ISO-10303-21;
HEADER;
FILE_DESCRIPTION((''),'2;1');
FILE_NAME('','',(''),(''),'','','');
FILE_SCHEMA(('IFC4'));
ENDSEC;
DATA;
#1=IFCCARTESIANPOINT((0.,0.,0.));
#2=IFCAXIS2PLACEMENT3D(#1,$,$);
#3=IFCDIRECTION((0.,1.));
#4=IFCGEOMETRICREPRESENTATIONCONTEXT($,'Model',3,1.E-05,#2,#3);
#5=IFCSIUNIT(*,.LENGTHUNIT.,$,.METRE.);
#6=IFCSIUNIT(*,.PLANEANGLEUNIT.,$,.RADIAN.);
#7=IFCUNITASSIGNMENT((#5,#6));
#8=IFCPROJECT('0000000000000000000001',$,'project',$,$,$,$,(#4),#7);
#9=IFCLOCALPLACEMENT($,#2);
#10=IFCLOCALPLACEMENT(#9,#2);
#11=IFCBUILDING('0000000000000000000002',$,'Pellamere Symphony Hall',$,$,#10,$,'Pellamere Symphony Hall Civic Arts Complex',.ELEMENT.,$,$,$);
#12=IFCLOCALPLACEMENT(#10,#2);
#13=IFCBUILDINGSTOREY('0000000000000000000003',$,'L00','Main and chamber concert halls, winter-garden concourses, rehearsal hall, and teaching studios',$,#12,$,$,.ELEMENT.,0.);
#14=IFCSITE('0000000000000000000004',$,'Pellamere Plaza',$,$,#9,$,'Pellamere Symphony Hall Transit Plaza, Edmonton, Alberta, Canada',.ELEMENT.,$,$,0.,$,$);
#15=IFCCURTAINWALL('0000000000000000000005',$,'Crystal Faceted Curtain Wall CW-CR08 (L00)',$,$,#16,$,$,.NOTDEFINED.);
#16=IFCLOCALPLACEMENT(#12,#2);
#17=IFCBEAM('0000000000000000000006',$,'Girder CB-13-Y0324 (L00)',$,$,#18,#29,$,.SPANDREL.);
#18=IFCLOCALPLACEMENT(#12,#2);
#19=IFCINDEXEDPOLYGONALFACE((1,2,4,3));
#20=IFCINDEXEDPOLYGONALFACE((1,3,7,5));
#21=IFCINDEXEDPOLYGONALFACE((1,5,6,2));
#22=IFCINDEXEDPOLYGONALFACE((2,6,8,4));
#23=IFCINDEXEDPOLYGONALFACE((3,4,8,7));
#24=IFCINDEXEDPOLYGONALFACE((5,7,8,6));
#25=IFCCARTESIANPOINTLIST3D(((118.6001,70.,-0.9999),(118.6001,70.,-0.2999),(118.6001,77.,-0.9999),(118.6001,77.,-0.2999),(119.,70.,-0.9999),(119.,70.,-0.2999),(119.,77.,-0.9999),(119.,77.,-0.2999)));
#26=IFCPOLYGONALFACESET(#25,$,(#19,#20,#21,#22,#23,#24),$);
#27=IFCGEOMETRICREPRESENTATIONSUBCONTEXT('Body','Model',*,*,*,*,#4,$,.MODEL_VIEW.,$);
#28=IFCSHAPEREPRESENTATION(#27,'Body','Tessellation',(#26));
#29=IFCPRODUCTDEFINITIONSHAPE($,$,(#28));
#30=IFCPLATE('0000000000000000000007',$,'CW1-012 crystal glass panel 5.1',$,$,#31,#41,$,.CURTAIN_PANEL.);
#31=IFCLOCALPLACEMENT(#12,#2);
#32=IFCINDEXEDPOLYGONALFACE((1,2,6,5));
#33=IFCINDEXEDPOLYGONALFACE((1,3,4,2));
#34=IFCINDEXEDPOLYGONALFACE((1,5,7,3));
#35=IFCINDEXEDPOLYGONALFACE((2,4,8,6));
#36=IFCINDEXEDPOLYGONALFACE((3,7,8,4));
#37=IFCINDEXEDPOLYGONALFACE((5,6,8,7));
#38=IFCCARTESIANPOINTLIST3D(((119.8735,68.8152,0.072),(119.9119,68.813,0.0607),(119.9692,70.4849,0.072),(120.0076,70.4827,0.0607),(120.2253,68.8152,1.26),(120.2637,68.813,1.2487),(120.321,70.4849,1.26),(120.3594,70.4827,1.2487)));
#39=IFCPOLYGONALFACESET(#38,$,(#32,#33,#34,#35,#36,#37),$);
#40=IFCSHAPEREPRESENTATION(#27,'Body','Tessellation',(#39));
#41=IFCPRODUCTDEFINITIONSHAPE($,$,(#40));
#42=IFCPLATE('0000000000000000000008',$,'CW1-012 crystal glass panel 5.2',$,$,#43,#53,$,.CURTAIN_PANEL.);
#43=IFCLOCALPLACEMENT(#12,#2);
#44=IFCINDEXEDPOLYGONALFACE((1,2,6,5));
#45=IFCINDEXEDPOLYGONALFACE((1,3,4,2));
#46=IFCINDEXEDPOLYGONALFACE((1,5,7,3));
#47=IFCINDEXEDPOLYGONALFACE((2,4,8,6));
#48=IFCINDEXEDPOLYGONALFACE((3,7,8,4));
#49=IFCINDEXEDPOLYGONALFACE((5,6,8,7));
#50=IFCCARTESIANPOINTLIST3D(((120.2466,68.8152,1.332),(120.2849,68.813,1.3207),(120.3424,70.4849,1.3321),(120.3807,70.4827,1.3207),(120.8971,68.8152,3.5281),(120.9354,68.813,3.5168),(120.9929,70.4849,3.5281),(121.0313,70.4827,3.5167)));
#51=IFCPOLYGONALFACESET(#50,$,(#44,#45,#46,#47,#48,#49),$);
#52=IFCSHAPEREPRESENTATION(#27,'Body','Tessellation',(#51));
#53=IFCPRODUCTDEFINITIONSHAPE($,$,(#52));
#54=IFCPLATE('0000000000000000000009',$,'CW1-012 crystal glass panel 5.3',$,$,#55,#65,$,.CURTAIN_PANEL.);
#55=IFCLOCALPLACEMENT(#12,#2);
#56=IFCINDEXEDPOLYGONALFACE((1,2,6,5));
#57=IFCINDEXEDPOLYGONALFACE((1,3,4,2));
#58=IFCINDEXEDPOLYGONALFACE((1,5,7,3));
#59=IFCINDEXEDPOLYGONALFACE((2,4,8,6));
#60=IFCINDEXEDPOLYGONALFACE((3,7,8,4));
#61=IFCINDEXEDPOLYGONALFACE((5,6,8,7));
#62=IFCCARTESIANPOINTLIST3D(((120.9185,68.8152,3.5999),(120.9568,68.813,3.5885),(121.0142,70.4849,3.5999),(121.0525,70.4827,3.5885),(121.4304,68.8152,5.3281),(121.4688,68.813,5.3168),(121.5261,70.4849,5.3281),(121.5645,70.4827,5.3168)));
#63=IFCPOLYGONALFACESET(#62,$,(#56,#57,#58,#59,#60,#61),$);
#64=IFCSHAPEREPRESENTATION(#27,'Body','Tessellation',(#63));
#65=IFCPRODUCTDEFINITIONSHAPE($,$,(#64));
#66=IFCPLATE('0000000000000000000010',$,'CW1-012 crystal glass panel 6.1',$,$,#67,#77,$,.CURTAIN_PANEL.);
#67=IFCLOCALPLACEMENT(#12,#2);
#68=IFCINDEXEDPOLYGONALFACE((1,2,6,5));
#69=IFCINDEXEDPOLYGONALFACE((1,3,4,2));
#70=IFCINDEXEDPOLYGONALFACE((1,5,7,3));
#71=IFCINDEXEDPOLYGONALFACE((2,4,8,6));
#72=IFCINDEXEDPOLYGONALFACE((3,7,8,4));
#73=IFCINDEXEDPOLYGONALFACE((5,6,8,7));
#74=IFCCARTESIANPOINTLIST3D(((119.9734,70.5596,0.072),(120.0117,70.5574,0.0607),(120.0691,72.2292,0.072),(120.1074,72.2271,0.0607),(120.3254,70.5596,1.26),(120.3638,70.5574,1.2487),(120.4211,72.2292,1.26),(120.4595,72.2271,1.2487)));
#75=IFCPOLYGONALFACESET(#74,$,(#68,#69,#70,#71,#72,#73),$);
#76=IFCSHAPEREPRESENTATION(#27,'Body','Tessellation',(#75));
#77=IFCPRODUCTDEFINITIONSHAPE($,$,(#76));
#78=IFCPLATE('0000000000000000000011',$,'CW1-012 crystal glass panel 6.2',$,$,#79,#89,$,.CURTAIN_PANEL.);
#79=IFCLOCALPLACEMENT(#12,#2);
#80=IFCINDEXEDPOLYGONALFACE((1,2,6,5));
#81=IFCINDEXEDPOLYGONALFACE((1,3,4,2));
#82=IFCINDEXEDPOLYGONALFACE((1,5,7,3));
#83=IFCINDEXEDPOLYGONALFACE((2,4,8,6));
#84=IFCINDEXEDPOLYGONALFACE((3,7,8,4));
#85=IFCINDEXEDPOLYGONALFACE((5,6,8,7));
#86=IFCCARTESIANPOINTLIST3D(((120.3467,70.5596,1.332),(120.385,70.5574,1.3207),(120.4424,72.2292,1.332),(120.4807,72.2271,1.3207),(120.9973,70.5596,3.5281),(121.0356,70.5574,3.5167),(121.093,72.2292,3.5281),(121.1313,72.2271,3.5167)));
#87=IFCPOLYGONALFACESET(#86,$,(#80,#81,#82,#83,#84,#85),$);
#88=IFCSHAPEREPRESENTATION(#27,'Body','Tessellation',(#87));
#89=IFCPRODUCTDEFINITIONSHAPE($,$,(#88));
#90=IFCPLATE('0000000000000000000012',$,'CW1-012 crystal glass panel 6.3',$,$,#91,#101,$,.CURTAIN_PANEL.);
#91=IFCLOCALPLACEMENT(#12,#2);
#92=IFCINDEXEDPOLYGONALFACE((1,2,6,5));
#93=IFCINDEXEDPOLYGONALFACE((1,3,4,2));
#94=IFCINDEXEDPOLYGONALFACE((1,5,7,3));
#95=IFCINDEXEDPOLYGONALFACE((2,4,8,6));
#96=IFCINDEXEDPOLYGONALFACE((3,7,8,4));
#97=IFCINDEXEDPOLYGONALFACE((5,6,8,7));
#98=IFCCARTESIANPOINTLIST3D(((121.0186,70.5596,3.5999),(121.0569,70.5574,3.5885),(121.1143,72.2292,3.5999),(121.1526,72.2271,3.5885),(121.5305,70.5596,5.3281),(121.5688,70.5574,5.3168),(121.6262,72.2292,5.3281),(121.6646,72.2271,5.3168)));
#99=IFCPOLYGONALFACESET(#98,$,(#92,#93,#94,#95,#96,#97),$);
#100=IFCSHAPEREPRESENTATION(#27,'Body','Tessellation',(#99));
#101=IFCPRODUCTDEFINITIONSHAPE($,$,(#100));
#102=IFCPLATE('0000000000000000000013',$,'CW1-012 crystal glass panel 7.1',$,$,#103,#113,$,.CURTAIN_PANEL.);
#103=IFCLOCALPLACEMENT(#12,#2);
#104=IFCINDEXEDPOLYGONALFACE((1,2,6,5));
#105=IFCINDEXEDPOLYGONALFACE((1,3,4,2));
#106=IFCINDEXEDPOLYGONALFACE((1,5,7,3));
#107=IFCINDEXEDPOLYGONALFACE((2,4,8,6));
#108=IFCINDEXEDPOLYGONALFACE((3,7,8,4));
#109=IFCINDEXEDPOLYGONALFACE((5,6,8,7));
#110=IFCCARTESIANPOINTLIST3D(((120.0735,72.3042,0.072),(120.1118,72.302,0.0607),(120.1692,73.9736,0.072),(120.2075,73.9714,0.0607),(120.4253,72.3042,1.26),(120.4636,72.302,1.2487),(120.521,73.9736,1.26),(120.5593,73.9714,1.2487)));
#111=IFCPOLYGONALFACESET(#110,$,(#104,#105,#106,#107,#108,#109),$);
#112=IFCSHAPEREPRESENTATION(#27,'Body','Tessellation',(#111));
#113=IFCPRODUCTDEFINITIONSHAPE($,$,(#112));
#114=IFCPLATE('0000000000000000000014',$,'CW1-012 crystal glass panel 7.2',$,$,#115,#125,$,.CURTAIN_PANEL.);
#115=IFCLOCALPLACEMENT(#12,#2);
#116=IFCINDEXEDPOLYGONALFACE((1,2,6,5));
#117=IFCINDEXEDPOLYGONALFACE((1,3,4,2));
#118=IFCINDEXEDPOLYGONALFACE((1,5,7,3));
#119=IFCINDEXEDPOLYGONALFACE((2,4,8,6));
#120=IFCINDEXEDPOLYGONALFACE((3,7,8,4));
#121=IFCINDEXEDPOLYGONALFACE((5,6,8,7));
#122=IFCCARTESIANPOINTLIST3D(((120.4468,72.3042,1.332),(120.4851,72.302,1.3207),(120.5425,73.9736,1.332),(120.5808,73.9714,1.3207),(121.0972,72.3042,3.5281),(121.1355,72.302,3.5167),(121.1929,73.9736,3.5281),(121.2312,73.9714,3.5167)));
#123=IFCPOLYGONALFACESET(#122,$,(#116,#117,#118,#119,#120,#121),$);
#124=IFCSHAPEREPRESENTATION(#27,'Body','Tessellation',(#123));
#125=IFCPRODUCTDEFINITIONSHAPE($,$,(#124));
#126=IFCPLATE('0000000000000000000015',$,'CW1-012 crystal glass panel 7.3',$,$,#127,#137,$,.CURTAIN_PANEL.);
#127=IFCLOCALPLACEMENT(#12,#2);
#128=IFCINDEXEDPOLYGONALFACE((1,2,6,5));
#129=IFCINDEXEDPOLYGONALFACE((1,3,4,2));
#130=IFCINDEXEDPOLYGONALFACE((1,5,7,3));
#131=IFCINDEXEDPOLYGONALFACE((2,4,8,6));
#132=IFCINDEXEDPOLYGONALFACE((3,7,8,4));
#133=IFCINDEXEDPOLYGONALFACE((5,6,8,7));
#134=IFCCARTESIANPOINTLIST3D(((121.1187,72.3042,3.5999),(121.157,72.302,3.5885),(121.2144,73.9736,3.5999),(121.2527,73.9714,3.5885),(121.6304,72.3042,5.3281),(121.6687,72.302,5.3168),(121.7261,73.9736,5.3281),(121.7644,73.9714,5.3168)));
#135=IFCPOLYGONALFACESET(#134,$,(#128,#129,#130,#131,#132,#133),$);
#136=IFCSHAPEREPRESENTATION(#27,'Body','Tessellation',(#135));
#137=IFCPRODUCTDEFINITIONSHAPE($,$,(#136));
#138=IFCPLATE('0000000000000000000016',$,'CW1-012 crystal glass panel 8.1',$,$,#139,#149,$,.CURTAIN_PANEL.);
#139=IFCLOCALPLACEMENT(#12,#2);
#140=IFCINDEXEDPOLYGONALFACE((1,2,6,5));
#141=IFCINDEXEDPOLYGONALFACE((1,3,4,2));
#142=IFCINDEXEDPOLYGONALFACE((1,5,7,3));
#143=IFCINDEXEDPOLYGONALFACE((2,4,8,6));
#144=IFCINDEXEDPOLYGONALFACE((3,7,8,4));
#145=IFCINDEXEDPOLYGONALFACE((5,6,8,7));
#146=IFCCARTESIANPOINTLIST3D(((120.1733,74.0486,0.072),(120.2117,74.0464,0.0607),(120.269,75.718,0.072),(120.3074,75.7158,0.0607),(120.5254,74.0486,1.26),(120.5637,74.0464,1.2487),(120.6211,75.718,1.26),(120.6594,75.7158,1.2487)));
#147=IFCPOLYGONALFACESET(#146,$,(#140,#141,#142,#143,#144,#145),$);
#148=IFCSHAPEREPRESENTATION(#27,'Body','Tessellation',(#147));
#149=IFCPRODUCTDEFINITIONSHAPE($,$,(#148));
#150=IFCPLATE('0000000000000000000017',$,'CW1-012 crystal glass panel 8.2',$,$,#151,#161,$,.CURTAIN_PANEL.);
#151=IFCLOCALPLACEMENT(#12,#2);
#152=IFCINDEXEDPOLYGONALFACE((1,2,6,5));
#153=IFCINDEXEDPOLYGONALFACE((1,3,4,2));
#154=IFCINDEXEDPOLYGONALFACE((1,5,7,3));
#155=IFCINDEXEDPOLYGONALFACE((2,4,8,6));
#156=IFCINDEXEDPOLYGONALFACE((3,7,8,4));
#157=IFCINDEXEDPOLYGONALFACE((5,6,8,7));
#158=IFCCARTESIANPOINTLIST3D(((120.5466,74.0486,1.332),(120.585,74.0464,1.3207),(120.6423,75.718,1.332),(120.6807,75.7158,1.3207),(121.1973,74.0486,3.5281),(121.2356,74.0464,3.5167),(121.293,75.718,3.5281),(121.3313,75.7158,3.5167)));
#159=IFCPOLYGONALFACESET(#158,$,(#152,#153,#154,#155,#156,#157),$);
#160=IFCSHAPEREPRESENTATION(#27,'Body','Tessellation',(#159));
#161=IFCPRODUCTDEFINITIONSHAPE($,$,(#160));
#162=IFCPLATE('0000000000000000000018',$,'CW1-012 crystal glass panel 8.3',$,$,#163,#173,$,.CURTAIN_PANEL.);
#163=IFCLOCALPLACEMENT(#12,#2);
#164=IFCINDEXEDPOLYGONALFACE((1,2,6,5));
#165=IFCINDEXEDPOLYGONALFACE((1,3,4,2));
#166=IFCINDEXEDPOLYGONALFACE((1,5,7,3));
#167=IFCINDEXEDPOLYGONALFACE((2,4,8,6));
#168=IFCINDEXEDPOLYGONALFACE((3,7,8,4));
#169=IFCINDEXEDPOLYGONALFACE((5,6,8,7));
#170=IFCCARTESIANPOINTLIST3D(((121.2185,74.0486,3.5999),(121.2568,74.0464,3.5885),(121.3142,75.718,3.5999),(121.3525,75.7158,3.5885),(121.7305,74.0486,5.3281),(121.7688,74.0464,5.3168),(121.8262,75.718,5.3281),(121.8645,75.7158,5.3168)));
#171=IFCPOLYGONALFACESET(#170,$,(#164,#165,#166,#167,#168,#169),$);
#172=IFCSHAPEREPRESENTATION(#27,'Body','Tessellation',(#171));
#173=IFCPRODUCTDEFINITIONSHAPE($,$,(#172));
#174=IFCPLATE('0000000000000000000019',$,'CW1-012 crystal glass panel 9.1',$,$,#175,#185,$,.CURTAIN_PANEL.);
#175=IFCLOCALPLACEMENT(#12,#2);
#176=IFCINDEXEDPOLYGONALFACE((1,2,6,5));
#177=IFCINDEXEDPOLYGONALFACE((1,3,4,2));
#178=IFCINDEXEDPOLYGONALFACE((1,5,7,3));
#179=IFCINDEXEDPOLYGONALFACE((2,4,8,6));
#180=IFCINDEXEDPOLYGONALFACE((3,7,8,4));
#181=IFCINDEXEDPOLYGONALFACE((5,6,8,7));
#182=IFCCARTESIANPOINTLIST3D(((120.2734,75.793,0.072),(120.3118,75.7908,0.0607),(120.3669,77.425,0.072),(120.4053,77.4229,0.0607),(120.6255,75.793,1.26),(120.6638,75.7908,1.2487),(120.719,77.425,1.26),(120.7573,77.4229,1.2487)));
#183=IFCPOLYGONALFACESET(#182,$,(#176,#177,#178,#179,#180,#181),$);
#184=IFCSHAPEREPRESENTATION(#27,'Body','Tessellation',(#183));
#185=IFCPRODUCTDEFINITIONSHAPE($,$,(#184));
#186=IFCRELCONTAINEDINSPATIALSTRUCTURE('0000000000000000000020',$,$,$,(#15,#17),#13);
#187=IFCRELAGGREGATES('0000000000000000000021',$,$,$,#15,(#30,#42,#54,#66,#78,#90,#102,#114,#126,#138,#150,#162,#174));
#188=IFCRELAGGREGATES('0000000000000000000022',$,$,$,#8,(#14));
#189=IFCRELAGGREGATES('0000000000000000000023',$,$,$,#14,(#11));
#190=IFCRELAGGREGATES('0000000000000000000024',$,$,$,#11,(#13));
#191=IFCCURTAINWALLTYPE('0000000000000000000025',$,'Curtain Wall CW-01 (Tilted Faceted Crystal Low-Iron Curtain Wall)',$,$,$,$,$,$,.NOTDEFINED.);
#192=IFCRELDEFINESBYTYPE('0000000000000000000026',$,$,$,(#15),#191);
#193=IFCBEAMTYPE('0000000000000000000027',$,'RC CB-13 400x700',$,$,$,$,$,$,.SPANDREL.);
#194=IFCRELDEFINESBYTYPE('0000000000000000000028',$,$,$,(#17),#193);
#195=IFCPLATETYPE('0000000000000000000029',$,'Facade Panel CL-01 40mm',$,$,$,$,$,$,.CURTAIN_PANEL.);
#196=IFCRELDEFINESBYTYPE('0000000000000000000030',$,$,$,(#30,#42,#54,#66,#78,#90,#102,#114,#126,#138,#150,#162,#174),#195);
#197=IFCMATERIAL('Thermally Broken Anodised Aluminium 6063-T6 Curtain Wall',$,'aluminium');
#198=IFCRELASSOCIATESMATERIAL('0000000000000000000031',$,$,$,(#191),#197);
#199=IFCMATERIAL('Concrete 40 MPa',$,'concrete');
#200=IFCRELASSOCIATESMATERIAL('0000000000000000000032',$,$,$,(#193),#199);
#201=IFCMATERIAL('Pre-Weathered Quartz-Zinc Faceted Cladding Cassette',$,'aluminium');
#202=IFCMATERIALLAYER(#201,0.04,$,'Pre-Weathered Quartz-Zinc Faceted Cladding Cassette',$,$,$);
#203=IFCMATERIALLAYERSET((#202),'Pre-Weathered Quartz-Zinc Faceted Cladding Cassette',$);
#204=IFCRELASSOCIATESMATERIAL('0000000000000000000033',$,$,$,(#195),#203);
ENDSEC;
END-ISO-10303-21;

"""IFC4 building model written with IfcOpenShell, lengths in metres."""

from ifc_helpers import new_model, si_unit, direction, frame, origin, origin_2d, place, context, subcontext, project, spatial, polyline, rectangle, outline, extrude, material, layer, layer_set, material_profile, profile_set, type_object, element, aggregate, save


model = new_model("IFC4")

# Units and contexts
model_context = context("Model", 3, precision=1e-05, world=origin(), true_north=direction((0.0, 1.0)))
body_context = subcontext(model_context, "Body", "Model", "MODEL_VIEW")
ifc_project = project(units=[si_unit("LENGTHUNIT", "METRE"), si_unit("PLANEANGLEUNIT", "RADIAN")], contexts=[model_context])

# Site, building, storey
site_placement = place(None, origin())
site = spatial("IfcSite", under=ifc_project, at=site_placement, Name="Pellamere Plaza", LongName="Pellamere Symphony Hall Transit Plaza, Edmonton, Alberta, Canada", CompositionType="ELEMENT", RefElevation=0.0)
building_placement = place(site_placement, origin())
building = spatial("IfcBuilding", under=site, at=building_placement, Name="Pellamere Symphony Hall", LongName="Pellamere Symphony Hall Civic Arts Complex", CompositionType="ELEMENT")
storey_placement = place(building_placement, origin())
storey = spatial("IfcBuildingStorey", under=building, at=storey_placement, Name="L00", Description="Main and chamber concert halls, winter-garden concourses, rehearsal hall, and teaching studios", CompositionType="ELEMENT", Elevation=0.0)

# Shared definitions
ifc_material_1 = material(Name="Concrete 40 MPa", Category="concrete")

# Curtain wall
ifc_material_2 = material(Name="Thermally Broken Anodised Aluminium 6063-T6 Curtain Wall", Category="aluminium")
curtain_wall_type = type_object("IfcCurtainWallType", Name="Curtain Wall CW-01 (Tilted Faceted Crystal Low-Iron Curtain Wall)", PredefinedType="NOTDEFINED", material=ifc_material_2)
curtain_wall_placement = place(storey_placement, origin())
curtain_wall = element("IfcCurtainWall", 1, at=curtain_wall_placement, inside=storey, type_object=curtain_wall_type, Name="Crystal Faceted Curtain Wall CW-CR08 (L00)", PredefinedType="NOTDEFINED")

# Beam
ifc_material_profile_1 = material_profile(ifc_material_1, rectangle(XDim=0.3999, YDim=0.7, at=origin_2d()), Name="RC 400x700")
ifc_profile_set_1 = profile_set([ifc_material_profile_1], Name="Concrete 40 MPa")
beam_type = type_object("IfcBeamType", Name="RC CB-13 400x700", PredefinedType="SPANDREL", material=ifc_profile_set_1)
beam_placement = place(storey_placement, frame((118.8, 70.0, -0.6499), z_axis=(0.0, 1.0, 0.0), x_axis=(-1.0, 0.0, 0.0)))
element("IfcBeam", 2, at=beam_placement, inside=storey, type_object=beam_type, Name="Girder CB-13-Y0324 (L00)", PredefinedType="SPANDREL", context=body_context, shape_type="SweptSolid", body=[
    extrude(rectangle(XDim=0.3999, YDim=0.7, at=origin_2d()), origin(), (0.0, 0.0, 1.0), 7.0),
])

# Plates
ifc_material_3 = material(Name="Pre-Weathered Quartz-Zinc Faceted Cladding Cassette", Category="aluminium")
ifc_layer = layer(ifc_material_3, 0.04, Name="Pre-Weathered Quartz-Zinc Faceted Cladding Cassette")
ifc_layer_set = layer_set([ifc_layer], Name="Pre-Weathered Quartz-Zinc Faceted Cladding Cassette")
plate_type = type_object("IfcPlateType", Name="Facade Panel CL-01 40mm", PredefinedType="CURTAIN_PANEL", material=ifc_layer_set)
plate_1_placement = place(storey_placement, frame((119.8735, 68.8152, 0.072), z_axis=(-0.957395, 0.054876, 0.28352), x_axis=(0.057224, 0.998361, 0.0)))
plate_1 = element("IfcPlate", 3, at=plate_1_placement, type_object=plate_type, Name="CW1-012 crystal glass panel 5.1", PredefinedType="CURTAIN_PANEL", context=body_context, shape_type="SweptSolid", body=[
    extrude(outline(polyline([(0.0, 0.0), (1.6724, 0.0), (1.6926, -1.2388), (0.0201, -1.2388), (0.0, 0.0)])), origin(), (0.0, 0.0, -1.0), 0.04),
])
plate_2_placement = place(storey_placement, frame((120.2466, 68.8152, 1.332), z_axis=(-0.95737, 0.054945, 0.283592), x_axis=(0.057303, 0.998357, 0.00002)))
plate_2 = element("IfcPlate", 4, at=plate_2_placement, type_object=plate_type, Name="CW1-012 crystal glass panel 5.2", PredefinedType="CURTAIN_PANEL", context=body_context, shape_type="SweptSolid", body=[
    extrude(outline(polyline([(0.0, 0.0), (1.6724, 0.0), (1.7097, -2.29), (0.0373, -2.2901), (0.0, 0.0)])), origin(), (0.0, 0.0, -1.0), 0.04),
])
plate_3_placement = place(storey_placement, frame((120.9185, 68.8152, 3.5999), z_axis=(-0.957371, 0.054875, 0.2836), x_axis=(0.057224, 0.998361, 0.0)))
plate_3 = element("IfcPlate", 5, at=plate_3_placement, type_object=plate_type, Name="CW1-012 crystal glass panel 5.3", PredefinedType="CURTAIN_PANEL", context=body_context, shape_type="SweptSolid", body=[
    extrude(outline(polyline([(0.0, 0.0), (1.6724, 0.0), (1.7017, -1.8023), (0.0293, -1.8023), (0.0, 0.0)])), origin(), (0.0, 0.0, -1.0), 0.04),
])
plate_4_placement = place(storey_placement, frame((119.9734, 70.5596, 0.072), z_axis=(-0.957342, 0.054873, 0.2837), x_axis=(0.057224, 0.998361, 0.0)))
plate_4 = element("IfcPlate", 6, at=plate_4_placement, type_object=plate_type, Name="CW1-012 crystal glass panel 6.1", PredefinedType="CURTAIN_PANEL", context=body_context, shape_type="SweptSolid", body=[
    extrude(outline(polyline([(0.0, 0.0), (1.6724, 0.0), (1.6926, -1.2389), (0.0201, -1.2389), (0.0, 0.0)])), origin(), (0.0, 0.0, -1.0), 0.04),
])
plate_5_placement = place(storey_placement, frame((120.3467, 70.5596, 1.332), z_axis=(-0.957359, 0.054874, 0.283642), x_axis=(0.057224, 0.998361, 0.0)))
plate_5 = element("IfcPlate", 7, at=plate_5_placement, type_object=plate_type, Name="CW1-012 crystal glass panel 6.2", PredefinedType="CURTAIN_PANEL", context=body_context, shape_type="SweptSolid", body=[
    extrude(outline(polyline([(0.0, 0.0), (1.6724, 0.0), (1.7097, -2.2901), (0.0372, -2.2901), (0.0, 0.0)])), origin(), (0.0, 0.0, -1.0), 0.04),
])
plate_6_placement = place(storey_placement, frame((121.0186, 70.5596, 3.5999), z_axis=(-0.957371, 0.054875, 0.2836), x_axis=(0.057224, 0.998361, 0.0)))
plate_6 = element("IfcPlate", 8, at=plate_6_placement, type_object=plate_type, Name="CW1-012 crystal glass panel 6.3", PredefinedType="CURTAIN_PANEL", context=body_context, shape_type="SweptSolid", body=[
    extrude(outline(polyline([(0.0, 0.0), (1.6724, 0.0), (1.7017, -1.8023), (0.0293, -1.8023), (0.0, 0.0)])), origin(), (0.0, 0.0, -1.0), 0.04),
])
plate_7_placement = place(storey_placement, frame((120.0735, 72.3042, 0.072), z_axis=(-0.957395, 0.054884, 0.283519), x_axis=(0.057233, 0.998361, 0.0)))
plate_7 = element("IfcPlate", 9, at=plate_7_placement, type_object=plate_type, Name="CW1-012 crystal glass panel 7.1", PredefinedType="CURTAIN_PANEL", context=body_context, shape_type="SweptSolid", body=[
    extrude(outline(polyline([(0.0, 0.0), (1.6722, 0.0), (1.6923, -1.2388), (0.0201, -1.2388), (0.0, 0.0)])), origin(), (0.0, 0.0, -1.0), 0.04),
])
plate_8_placement = place(storey_placement, frame((120.4468, 72.3042, 1.332), z_axis=(-0.957387, 0.054884, 0.283544), x_axis=(0.057233, 0.998361, 0.0)))
plate_8 = element("IfcPlate", 10, at=plate_8_placement, type_object=plate_type, Name="CW1-012 crystal glass panel 7.2", PredefinedType="CURTAIN_PANEL", context=body_context, shape_type="SweptSolid", body=[
    extrude(outline(polyline([(0.0, 0.0), (1.6722, 0.0), (1.7094, -2.29), (0.0372, -2.29), (0.0, 0.0)])), origin(), (0.0, 0.0, -1.0), 0.04),
])
plate_9_placement = place(storey_placement, frame((121.1187, 72.3042, 3.5999), z_axis=(-0.957407, 0.054885, 0.283476), x_axis=(0.057233, 0.998361, 0.0)))
plate_9 = element("IfcPlate", 11, at=plate_9_placement, type_object=plate_type, Name="CW1-012 crystal glass panel 7.3", PredefinedType="CURTAIN_PANEL", context=body_context, shape_type="SweptSolid", body=[
    extrude(outline(polyline([(0.0, 0.0), (1.6722, 0.0), (1.7015, -1.8022), (0.0293, -1.8022), (0.0, 0.0)])), origin(), (0.0, 0.0, -1.0), 0.04),
])
plate_10_placement = place(storey_placement, frame((120.1733, 74.0486, 0.072), z_axis=(-0.957341, 0.054881, 0.2837), x_axis=(0.057233, 0.998361, 0.0)))
plate_10 = element("IfcPlate", 12, at=plate_10_placement, type_object=plate_type, Name="CW1-012 crystal glass panel 8.1", PredefinedType="CURTAIN_PANEL", context=body_context, shape_type="SweptSolid", body=[
    extrude(outline(polyline([(0.0, 0.0), (1.6722, 0.0), (1.6923, -1.2389), (0.0201, -1.2389), (0.0, 0.0)])), origin(), (0.0, 0.0, -1.0), 0.04),
])
plate_11_placement = place(storey_placement, frame((120.5466, 74.0486, 1.332), z_axis=(-0.957358, 0.054882, 0.283642), x_axis=(0.057233, 0.998361, 0.0)))
plate_11 = element("IfcPlate", 13, at=plate_11_placement, type_object=plate_type, Name="CW1-012 crystal glass panel 8.2", PredefinedType="CURTAIN_PANEL", context=body_context, shape_type="SweptSolid", body=[
    extrude(outline(polyline([(0.0, 0.0), (1.6722, 0.0), (1.7094, -2.2901), (0.0372, -2.2901), (0.0, 0.0)])), origin(), (0.0, 0.0, -1.0), 0.04),
])
plate_12_placement = place(storey_placement, frame((121.2185, 74.0486, 3.5999), z_axis=(-0.957371, 0.054883, 0.2836), x_axis=(0.057233, 0.998361, 0.0)))
plate_12 = element("IfcPlate", 14, at=plate_12_placement, type_object=plate_type, Name="CW1-012 crystal glass panel 8.3", PredefinedType="CURTAIN_PANEL", context=body_context, shape_type="SweptSolid", body=[
    extrude(outline(polyline([(0.0, 0.0), (1.6722, 0.0), (1.7015, -1.8023), (0.0293, -1.8023), (0.0, 0.0)])), origin(), (0.0, 0.0, -1.0), 0.04),
])
plate_13_placement = place(storey_placement, frame((120.2734, 75.793, 0.072), z_axis=(-0.957343, 0.054849, 0.283701), x_axis=(0.057199, 0.998363, 0.0)))
plate_13 = element("IfcPlate", 15, at=plate_13_placement, type_object=plate_type, Name="CW1-012 crystal glass panel 9.1", PredefinedType="CURTAIN_PANEL", context=body_context, shape_type="SweptSolid", body=[
    extrude(outline(polyline([(0.0, 0.0), (1.6348, 0.0), (1.6549, -1.2389), (0.0201, -1.2389), (0.0, 0.0)])), origin(), (0.0, 0.0, -1.0), 0.04),
])
aggregate(curtain_wall, [plate_1, plate_2, plate_3, plate_4, plate_5, plate_6, plate_7, plate_8, plate_9, plate_10, plate_11, plate_12, plate_13])

save(model, "model.ifc")
